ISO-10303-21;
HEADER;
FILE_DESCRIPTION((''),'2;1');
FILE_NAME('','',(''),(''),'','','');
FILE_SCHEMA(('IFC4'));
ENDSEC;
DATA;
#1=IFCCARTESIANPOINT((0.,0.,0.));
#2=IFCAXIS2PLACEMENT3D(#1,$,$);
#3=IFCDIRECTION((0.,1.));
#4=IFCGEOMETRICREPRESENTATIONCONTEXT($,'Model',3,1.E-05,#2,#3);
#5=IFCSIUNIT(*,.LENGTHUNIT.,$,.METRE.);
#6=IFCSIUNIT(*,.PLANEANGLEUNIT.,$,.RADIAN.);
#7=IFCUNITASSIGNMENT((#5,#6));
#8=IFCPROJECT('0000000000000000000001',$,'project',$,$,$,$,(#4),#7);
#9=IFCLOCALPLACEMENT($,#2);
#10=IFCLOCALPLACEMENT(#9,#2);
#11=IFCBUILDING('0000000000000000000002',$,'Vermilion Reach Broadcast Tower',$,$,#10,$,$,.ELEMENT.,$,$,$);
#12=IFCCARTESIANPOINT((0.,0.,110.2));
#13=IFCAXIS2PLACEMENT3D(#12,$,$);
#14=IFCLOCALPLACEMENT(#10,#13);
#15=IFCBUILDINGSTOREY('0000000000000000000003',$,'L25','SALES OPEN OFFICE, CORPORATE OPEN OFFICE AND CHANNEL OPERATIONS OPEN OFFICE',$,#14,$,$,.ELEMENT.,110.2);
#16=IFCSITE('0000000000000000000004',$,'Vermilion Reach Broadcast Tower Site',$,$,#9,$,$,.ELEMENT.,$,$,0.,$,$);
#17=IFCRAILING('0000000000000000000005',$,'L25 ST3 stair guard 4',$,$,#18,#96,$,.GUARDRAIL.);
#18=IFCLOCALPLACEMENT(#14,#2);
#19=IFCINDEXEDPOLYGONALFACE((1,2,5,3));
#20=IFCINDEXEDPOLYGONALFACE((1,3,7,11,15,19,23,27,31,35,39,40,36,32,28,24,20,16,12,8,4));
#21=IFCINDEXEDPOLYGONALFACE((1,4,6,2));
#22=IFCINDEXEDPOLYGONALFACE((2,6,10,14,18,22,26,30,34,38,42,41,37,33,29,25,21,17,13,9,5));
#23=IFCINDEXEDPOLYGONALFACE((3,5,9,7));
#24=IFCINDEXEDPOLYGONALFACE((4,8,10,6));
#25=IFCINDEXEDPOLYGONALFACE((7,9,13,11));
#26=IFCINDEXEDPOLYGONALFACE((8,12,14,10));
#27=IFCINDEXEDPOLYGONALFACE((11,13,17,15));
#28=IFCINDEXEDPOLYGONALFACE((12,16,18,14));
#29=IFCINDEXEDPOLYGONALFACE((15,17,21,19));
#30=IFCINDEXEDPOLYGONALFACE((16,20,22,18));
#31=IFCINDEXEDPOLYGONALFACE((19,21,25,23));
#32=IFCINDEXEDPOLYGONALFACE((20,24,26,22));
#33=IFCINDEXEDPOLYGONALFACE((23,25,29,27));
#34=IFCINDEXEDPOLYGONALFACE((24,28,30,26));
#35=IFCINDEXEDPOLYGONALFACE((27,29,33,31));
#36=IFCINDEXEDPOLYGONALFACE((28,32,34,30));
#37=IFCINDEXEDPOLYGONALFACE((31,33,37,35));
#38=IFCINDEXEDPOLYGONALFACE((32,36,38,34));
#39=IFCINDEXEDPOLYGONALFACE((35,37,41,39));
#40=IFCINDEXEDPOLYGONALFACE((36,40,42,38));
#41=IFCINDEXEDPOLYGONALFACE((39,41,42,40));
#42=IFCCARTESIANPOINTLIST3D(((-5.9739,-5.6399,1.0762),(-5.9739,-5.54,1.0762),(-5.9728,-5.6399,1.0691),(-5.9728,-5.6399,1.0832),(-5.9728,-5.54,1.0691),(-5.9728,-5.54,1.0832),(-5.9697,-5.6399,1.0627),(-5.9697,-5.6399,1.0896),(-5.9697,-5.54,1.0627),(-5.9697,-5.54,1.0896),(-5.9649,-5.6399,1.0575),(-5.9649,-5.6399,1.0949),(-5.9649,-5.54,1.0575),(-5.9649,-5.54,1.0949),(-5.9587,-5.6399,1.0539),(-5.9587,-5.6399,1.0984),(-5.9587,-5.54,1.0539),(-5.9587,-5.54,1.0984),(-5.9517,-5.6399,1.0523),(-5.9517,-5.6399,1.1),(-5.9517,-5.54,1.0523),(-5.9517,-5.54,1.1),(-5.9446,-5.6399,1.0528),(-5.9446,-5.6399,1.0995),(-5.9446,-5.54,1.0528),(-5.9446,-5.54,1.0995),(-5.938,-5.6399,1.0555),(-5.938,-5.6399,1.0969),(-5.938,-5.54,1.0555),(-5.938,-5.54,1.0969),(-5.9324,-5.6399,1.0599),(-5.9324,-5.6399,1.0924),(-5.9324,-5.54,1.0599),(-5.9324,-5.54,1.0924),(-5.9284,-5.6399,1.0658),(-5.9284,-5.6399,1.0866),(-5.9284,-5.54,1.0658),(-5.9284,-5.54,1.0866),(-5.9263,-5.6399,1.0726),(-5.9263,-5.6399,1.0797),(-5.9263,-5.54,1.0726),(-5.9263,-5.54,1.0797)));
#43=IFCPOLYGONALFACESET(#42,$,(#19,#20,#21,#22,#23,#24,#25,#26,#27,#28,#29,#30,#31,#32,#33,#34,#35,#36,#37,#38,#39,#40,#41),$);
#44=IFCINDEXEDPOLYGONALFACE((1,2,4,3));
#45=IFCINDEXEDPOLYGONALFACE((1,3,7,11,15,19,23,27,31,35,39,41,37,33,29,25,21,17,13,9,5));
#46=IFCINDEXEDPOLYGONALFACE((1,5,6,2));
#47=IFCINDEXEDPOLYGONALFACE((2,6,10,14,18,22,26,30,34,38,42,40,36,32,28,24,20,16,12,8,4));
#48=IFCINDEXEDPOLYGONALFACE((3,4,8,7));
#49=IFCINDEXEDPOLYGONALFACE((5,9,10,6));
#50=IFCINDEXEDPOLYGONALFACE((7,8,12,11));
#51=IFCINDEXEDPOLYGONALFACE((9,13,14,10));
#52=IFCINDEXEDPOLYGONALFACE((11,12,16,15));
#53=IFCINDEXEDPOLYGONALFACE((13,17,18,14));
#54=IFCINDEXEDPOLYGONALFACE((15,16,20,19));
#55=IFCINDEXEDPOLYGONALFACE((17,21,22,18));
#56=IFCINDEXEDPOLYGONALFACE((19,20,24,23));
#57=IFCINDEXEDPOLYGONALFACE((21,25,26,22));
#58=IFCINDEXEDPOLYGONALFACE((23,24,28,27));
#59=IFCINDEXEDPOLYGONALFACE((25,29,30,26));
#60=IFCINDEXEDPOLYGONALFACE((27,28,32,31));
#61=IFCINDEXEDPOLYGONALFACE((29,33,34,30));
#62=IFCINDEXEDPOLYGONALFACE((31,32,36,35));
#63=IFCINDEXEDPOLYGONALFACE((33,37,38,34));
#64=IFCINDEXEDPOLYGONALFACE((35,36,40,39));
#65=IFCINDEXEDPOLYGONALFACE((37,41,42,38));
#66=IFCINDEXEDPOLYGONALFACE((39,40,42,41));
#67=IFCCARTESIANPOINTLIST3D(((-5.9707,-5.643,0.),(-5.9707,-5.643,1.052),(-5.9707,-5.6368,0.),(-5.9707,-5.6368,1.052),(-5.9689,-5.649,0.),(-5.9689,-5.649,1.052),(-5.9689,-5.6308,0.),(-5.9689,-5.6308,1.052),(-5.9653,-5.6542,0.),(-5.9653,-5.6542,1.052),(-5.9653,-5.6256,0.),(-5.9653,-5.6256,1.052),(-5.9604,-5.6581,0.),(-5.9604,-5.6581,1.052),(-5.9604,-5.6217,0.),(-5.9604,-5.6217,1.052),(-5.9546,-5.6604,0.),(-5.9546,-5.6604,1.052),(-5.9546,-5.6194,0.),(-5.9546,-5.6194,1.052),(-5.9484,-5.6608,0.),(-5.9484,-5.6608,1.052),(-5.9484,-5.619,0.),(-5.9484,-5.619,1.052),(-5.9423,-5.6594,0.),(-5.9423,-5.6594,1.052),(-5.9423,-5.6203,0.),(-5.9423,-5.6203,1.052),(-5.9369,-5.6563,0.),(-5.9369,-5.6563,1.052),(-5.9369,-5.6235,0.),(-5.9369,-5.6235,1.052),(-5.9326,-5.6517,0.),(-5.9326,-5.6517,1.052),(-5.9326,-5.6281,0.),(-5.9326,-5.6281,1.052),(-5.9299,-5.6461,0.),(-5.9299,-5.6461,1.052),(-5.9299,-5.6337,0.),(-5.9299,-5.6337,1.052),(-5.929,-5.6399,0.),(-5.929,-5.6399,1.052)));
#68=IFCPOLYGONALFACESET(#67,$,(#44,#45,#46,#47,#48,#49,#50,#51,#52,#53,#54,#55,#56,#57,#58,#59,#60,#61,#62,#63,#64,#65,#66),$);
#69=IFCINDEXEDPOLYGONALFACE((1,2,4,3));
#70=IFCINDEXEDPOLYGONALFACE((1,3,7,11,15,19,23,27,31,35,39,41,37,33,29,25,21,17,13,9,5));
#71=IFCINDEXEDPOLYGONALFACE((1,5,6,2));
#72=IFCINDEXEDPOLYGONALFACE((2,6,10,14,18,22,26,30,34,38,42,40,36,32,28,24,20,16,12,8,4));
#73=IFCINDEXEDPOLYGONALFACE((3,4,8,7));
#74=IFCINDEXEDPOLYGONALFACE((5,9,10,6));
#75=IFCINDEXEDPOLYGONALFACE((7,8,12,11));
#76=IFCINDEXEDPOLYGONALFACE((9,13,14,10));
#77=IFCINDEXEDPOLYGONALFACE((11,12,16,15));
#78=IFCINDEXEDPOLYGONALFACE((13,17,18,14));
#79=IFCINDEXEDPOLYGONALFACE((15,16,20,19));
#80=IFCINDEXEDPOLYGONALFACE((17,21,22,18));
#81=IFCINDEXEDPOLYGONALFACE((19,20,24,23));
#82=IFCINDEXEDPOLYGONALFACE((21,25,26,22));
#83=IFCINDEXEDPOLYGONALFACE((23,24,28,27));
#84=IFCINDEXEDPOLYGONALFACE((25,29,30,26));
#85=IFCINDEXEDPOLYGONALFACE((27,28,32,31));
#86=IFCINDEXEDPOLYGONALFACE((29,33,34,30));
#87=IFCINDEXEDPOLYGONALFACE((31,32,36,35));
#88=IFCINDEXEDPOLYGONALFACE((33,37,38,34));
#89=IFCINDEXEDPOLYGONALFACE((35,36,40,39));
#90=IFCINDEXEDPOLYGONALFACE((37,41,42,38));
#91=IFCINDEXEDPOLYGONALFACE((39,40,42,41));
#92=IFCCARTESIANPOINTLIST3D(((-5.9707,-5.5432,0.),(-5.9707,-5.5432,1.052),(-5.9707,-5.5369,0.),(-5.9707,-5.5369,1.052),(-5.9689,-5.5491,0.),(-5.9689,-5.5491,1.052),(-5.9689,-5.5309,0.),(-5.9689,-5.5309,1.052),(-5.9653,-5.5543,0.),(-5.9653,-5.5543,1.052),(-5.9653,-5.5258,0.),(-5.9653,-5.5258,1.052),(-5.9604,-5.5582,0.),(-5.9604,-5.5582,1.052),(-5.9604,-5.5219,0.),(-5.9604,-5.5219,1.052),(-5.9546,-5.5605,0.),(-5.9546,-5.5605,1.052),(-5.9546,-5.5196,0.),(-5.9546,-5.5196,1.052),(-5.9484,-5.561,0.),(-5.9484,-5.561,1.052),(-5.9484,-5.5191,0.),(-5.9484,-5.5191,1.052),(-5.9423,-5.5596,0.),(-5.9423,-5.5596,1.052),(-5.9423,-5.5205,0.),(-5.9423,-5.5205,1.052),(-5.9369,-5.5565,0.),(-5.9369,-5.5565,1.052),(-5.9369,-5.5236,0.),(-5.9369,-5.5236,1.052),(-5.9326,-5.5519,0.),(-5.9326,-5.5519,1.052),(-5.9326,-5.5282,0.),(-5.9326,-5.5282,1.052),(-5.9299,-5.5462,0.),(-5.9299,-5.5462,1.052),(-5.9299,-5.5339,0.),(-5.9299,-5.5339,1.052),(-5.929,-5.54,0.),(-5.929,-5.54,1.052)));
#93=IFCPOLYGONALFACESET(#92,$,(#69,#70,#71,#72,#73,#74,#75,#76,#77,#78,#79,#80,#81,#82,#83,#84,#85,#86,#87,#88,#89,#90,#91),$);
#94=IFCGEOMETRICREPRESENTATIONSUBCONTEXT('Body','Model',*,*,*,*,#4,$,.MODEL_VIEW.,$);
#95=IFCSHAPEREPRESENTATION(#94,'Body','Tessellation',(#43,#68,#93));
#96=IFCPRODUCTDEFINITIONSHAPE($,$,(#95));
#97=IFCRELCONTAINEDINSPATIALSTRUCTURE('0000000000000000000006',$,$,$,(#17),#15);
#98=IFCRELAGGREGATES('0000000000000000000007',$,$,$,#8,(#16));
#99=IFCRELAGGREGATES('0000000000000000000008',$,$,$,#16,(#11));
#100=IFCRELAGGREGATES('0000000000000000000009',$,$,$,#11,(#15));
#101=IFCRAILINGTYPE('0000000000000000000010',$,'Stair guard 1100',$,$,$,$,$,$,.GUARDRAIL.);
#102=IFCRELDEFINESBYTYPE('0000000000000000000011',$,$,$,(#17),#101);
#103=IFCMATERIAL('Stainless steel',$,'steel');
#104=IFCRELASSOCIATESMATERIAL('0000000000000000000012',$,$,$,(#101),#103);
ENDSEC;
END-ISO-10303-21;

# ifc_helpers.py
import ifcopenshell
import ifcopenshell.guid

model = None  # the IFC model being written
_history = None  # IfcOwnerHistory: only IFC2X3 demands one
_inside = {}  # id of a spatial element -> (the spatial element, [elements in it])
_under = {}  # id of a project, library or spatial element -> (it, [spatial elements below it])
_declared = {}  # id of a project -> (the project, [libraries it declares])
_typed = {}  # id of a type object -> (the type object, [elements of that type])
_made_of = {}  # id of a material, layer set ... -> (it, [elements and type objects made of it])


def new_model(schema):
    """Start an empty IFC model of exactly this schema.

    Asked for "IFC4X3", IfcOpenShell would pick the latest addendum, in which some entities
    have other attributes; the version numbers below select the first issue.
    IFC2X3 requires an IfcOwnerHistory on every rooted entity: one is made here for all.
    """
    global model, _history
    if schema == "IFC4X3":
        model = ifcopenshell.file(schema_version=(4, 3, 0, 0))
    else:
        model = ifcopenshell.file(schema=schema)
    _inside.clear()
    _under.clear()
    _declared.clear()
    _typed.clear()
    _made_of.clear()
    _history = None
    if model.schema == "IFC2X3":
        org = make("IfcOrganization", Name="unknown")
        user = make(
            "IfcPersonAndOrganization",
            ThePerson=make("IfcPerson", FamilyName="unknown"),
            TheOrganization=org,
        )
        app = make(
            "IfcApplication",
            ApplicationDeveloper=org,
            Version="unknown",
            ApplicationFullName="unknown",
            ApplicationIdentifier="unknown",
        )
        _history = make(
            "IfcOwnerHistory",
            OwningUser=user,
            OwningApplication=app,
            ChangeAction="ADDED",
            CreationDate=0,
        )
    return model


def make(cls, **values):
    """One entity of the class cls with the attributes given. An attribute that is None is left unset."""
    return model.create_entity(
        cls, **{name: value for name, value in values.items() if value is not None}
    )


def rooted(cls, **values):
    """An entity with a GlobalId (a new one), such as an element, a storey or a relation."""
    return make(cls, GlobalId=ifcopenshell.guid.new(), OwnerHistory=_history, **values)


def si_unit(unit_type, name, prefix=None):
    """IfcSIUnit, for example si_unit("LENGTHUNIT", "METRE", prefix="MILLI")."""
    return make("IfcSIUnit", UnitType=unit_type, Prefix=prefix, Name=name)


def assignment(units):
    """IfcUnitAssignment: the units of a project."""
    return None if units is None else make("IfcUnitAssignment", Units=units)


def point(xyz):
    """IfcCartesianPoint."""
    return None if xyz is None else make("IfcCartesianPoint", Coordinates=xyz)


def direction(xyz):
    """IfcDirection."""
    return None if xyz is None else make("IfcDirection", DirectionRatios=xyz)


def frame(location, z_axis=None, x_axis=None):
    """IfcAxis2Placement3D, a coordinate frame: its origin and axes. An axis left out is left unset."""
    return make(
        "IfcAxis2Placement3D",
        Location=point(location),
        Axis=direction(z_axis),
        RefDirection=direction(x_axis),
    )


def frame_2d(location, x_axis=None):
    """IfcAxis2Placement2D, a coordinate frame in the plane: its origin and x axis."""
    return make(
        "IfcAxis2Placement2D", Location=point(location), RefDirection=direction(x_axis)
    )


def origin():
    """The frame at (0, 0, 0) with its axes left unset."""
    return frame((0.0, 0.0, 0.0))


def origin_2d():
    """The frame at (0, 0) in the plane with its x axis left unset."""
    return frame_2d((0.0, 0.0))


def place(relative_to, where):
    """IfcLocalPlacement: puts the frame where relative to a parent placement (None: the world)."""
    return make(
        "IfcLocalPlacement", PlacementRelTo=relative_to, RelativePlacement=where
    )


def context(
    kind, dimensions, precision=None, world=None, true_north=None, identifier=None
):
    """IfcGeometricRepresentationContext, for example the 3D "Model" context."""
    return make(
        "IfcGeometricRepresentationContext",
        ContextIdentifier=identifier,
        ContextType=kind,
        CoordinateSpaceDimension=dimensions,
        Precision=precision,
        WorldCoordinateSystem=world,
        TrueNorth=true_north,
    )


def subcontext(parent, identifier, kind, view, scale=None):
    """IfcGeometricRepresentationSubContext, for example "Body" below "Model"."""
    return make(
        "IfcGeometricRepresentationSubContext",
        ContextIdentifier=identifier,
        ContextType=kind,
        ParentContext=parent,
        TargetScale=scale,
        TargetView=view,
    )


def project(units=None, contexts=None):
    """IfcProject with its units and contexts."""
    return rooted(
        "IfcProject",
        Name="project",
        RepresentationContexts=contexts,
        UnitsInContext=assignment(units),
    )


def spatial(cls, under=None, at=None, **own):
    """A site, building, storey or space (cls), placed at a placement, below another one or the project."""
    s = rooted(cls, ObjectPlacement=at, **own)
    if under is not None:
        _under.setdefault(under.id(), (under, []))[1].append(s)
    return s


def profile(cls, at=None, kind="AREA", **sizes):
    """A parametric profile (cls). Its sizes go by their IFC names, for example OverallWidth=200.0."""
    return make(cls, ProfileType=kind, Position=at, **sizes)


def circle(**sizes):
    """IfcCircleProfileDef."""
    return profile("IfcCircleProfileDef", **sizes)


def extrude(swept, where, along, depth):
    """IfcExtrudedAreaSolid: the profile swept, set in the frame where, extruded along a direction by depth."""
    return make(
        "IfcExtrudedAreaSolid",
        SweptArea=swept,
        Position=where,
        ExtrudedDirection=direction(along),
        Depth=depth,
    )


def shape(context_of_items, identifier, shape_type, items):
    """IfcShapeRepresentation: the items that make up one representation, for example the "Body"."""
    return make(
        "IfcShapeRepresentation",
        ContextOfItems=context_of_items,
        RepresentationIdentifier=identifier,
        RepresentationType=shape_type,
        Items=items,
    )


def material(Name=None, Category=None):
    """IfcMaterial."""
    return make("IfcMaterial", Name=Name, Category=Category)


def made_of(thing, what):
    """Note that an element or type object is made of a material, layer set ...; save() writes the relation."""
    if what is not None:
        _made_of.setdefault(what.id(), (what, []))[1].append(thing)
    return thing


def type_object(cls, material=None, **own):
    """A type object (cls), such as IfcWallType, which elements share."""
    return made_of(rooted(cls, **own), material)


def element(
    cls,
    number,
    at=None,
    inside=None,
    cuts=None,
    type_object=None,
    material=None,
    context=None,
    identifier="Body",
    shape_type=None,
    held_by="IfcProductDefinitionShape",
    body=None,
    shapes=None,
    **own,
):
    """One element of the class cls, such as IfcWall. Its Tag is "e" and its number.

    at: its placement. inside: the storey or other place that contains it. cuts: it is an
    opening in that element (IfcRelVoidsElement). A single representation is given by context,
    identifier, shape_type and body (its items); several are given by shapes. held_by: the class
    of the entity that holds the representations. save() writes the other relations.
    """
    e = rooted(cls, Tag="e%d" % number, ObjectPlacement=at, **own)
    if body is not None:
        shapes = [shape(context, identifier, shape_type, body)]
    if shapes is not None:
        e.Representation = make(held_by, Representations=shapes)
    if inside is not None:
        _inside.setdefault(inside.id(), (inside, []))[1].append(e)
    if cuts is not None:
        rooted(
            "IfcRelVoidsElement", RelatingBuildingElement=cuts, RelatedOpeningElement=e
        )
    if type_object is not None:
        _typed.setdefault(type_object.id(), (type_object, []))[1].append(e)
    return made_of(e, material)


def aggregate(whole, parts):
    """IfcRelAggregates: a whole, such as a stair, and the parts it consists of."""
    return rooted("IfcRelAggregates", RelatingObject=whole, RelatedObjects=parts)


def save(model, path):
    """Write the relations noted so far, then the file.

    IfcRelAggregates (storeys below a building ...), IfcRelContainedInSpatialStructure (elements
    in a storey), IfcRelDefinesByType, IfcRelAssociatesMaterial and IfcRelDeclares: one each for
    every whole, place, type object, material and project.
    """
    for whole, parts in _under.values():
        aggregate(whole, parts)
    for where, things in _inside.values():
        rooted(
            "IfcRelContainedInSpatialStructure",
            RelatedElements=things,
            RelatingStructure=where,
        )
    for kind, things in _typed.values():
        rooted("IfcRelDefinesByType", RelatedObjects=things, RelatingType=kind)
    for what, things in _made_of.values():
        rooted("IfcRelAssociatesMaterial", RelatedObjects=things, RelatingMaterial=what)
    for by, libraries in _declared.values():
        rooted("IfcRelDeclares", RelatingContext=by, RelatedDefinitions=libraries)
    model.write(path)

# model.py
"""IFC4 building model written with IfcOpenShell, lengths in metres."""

from ifc_helpers import new_model, si_unit, direction, frame, origin, origin_2d, place, context, subcontext, project, spatial, circle, extrude, material, type_object, element, save


model = new_model("IFC4")

# Units and contexts
model_context = context("Model", 3, precision=1e-05, world=origin(), true_north=direction((0.0, 1.0)))
body_context = subcontext(model_context, "Body", "Model", "MODEL_VIEW")
ifc_project = project(units=[si_unit("LENGTHUNIT", "METRE"), si_unit("PLANEANGLEUNIT", "RADIAN")], contexts=[model_context])

# Site, building, storey
site_placement = place(None, origin())
site = spatial("IfcSite", under=ifc_project, at=site_placement, Name="Vermilion Reach Broadcast Tower Site", CompositionType="ELEMENT", RefElevation=0.0)
building_placement = place(site_placement, origin())
building = spatial("IfcBuilding", under=site, at=building_placement, Name="Vermilion Reach Broadcast Tower", CompositionType="ELEMENT")
storey_placement = place(building_placement, frame((0.0, 0.0, 110.2)))
storey = spatial("IfcBuildingStorey", under=building, at=storey_placement, Name="L25", Description="SALES OPEN OFFICE, CORPORATE OPEN OFFICE AND CHANNEL OPERATIONS OPEN OFFICE", CompositionType="ELEMENT", Elevation=110.2)

# Railing
ifc_material_1 = material(Name="Stainless steel", Category="steel")
railing_type_1 = type_object("IfcRailingType", Name="Stair guard 1100", PredefinedType="GUARDRAIL", material=ifc_material_1)
railing_1_placement = place(storey_placement, frame((-5.95, -5.6399, 0.0)))
element("IfcRailing", 1, at=railing_1_placement, inside=storey, type_object=railing_type_1, Name="L25 ST3 stair guard 4", PredefinedType="GUARDRAIL", context=body_context, shape_type="SweptSolid", body=[
    extrude(circle(Radius=0.0239, at=origin_2d()), frame((0.0, 0.0, 1.0762), z_axis=(0.0, 1.0, 0.0), x_axis=(-1.0, 0.0, 0.0)), (0.0, 0.0, 1.0), 0.0999),
    extrude(circle(Radius=0.021, at=origin_2d()), origin(), (0.0, 0.0, 1.0), 1.052),
    extrude(circle(Radius=0.021, at=origin_2d()), frame((0.0, 0.0999, 0.0)), (0.0, 0.0, 1.0), 1.052),
])

save(model, "model.ifc")
